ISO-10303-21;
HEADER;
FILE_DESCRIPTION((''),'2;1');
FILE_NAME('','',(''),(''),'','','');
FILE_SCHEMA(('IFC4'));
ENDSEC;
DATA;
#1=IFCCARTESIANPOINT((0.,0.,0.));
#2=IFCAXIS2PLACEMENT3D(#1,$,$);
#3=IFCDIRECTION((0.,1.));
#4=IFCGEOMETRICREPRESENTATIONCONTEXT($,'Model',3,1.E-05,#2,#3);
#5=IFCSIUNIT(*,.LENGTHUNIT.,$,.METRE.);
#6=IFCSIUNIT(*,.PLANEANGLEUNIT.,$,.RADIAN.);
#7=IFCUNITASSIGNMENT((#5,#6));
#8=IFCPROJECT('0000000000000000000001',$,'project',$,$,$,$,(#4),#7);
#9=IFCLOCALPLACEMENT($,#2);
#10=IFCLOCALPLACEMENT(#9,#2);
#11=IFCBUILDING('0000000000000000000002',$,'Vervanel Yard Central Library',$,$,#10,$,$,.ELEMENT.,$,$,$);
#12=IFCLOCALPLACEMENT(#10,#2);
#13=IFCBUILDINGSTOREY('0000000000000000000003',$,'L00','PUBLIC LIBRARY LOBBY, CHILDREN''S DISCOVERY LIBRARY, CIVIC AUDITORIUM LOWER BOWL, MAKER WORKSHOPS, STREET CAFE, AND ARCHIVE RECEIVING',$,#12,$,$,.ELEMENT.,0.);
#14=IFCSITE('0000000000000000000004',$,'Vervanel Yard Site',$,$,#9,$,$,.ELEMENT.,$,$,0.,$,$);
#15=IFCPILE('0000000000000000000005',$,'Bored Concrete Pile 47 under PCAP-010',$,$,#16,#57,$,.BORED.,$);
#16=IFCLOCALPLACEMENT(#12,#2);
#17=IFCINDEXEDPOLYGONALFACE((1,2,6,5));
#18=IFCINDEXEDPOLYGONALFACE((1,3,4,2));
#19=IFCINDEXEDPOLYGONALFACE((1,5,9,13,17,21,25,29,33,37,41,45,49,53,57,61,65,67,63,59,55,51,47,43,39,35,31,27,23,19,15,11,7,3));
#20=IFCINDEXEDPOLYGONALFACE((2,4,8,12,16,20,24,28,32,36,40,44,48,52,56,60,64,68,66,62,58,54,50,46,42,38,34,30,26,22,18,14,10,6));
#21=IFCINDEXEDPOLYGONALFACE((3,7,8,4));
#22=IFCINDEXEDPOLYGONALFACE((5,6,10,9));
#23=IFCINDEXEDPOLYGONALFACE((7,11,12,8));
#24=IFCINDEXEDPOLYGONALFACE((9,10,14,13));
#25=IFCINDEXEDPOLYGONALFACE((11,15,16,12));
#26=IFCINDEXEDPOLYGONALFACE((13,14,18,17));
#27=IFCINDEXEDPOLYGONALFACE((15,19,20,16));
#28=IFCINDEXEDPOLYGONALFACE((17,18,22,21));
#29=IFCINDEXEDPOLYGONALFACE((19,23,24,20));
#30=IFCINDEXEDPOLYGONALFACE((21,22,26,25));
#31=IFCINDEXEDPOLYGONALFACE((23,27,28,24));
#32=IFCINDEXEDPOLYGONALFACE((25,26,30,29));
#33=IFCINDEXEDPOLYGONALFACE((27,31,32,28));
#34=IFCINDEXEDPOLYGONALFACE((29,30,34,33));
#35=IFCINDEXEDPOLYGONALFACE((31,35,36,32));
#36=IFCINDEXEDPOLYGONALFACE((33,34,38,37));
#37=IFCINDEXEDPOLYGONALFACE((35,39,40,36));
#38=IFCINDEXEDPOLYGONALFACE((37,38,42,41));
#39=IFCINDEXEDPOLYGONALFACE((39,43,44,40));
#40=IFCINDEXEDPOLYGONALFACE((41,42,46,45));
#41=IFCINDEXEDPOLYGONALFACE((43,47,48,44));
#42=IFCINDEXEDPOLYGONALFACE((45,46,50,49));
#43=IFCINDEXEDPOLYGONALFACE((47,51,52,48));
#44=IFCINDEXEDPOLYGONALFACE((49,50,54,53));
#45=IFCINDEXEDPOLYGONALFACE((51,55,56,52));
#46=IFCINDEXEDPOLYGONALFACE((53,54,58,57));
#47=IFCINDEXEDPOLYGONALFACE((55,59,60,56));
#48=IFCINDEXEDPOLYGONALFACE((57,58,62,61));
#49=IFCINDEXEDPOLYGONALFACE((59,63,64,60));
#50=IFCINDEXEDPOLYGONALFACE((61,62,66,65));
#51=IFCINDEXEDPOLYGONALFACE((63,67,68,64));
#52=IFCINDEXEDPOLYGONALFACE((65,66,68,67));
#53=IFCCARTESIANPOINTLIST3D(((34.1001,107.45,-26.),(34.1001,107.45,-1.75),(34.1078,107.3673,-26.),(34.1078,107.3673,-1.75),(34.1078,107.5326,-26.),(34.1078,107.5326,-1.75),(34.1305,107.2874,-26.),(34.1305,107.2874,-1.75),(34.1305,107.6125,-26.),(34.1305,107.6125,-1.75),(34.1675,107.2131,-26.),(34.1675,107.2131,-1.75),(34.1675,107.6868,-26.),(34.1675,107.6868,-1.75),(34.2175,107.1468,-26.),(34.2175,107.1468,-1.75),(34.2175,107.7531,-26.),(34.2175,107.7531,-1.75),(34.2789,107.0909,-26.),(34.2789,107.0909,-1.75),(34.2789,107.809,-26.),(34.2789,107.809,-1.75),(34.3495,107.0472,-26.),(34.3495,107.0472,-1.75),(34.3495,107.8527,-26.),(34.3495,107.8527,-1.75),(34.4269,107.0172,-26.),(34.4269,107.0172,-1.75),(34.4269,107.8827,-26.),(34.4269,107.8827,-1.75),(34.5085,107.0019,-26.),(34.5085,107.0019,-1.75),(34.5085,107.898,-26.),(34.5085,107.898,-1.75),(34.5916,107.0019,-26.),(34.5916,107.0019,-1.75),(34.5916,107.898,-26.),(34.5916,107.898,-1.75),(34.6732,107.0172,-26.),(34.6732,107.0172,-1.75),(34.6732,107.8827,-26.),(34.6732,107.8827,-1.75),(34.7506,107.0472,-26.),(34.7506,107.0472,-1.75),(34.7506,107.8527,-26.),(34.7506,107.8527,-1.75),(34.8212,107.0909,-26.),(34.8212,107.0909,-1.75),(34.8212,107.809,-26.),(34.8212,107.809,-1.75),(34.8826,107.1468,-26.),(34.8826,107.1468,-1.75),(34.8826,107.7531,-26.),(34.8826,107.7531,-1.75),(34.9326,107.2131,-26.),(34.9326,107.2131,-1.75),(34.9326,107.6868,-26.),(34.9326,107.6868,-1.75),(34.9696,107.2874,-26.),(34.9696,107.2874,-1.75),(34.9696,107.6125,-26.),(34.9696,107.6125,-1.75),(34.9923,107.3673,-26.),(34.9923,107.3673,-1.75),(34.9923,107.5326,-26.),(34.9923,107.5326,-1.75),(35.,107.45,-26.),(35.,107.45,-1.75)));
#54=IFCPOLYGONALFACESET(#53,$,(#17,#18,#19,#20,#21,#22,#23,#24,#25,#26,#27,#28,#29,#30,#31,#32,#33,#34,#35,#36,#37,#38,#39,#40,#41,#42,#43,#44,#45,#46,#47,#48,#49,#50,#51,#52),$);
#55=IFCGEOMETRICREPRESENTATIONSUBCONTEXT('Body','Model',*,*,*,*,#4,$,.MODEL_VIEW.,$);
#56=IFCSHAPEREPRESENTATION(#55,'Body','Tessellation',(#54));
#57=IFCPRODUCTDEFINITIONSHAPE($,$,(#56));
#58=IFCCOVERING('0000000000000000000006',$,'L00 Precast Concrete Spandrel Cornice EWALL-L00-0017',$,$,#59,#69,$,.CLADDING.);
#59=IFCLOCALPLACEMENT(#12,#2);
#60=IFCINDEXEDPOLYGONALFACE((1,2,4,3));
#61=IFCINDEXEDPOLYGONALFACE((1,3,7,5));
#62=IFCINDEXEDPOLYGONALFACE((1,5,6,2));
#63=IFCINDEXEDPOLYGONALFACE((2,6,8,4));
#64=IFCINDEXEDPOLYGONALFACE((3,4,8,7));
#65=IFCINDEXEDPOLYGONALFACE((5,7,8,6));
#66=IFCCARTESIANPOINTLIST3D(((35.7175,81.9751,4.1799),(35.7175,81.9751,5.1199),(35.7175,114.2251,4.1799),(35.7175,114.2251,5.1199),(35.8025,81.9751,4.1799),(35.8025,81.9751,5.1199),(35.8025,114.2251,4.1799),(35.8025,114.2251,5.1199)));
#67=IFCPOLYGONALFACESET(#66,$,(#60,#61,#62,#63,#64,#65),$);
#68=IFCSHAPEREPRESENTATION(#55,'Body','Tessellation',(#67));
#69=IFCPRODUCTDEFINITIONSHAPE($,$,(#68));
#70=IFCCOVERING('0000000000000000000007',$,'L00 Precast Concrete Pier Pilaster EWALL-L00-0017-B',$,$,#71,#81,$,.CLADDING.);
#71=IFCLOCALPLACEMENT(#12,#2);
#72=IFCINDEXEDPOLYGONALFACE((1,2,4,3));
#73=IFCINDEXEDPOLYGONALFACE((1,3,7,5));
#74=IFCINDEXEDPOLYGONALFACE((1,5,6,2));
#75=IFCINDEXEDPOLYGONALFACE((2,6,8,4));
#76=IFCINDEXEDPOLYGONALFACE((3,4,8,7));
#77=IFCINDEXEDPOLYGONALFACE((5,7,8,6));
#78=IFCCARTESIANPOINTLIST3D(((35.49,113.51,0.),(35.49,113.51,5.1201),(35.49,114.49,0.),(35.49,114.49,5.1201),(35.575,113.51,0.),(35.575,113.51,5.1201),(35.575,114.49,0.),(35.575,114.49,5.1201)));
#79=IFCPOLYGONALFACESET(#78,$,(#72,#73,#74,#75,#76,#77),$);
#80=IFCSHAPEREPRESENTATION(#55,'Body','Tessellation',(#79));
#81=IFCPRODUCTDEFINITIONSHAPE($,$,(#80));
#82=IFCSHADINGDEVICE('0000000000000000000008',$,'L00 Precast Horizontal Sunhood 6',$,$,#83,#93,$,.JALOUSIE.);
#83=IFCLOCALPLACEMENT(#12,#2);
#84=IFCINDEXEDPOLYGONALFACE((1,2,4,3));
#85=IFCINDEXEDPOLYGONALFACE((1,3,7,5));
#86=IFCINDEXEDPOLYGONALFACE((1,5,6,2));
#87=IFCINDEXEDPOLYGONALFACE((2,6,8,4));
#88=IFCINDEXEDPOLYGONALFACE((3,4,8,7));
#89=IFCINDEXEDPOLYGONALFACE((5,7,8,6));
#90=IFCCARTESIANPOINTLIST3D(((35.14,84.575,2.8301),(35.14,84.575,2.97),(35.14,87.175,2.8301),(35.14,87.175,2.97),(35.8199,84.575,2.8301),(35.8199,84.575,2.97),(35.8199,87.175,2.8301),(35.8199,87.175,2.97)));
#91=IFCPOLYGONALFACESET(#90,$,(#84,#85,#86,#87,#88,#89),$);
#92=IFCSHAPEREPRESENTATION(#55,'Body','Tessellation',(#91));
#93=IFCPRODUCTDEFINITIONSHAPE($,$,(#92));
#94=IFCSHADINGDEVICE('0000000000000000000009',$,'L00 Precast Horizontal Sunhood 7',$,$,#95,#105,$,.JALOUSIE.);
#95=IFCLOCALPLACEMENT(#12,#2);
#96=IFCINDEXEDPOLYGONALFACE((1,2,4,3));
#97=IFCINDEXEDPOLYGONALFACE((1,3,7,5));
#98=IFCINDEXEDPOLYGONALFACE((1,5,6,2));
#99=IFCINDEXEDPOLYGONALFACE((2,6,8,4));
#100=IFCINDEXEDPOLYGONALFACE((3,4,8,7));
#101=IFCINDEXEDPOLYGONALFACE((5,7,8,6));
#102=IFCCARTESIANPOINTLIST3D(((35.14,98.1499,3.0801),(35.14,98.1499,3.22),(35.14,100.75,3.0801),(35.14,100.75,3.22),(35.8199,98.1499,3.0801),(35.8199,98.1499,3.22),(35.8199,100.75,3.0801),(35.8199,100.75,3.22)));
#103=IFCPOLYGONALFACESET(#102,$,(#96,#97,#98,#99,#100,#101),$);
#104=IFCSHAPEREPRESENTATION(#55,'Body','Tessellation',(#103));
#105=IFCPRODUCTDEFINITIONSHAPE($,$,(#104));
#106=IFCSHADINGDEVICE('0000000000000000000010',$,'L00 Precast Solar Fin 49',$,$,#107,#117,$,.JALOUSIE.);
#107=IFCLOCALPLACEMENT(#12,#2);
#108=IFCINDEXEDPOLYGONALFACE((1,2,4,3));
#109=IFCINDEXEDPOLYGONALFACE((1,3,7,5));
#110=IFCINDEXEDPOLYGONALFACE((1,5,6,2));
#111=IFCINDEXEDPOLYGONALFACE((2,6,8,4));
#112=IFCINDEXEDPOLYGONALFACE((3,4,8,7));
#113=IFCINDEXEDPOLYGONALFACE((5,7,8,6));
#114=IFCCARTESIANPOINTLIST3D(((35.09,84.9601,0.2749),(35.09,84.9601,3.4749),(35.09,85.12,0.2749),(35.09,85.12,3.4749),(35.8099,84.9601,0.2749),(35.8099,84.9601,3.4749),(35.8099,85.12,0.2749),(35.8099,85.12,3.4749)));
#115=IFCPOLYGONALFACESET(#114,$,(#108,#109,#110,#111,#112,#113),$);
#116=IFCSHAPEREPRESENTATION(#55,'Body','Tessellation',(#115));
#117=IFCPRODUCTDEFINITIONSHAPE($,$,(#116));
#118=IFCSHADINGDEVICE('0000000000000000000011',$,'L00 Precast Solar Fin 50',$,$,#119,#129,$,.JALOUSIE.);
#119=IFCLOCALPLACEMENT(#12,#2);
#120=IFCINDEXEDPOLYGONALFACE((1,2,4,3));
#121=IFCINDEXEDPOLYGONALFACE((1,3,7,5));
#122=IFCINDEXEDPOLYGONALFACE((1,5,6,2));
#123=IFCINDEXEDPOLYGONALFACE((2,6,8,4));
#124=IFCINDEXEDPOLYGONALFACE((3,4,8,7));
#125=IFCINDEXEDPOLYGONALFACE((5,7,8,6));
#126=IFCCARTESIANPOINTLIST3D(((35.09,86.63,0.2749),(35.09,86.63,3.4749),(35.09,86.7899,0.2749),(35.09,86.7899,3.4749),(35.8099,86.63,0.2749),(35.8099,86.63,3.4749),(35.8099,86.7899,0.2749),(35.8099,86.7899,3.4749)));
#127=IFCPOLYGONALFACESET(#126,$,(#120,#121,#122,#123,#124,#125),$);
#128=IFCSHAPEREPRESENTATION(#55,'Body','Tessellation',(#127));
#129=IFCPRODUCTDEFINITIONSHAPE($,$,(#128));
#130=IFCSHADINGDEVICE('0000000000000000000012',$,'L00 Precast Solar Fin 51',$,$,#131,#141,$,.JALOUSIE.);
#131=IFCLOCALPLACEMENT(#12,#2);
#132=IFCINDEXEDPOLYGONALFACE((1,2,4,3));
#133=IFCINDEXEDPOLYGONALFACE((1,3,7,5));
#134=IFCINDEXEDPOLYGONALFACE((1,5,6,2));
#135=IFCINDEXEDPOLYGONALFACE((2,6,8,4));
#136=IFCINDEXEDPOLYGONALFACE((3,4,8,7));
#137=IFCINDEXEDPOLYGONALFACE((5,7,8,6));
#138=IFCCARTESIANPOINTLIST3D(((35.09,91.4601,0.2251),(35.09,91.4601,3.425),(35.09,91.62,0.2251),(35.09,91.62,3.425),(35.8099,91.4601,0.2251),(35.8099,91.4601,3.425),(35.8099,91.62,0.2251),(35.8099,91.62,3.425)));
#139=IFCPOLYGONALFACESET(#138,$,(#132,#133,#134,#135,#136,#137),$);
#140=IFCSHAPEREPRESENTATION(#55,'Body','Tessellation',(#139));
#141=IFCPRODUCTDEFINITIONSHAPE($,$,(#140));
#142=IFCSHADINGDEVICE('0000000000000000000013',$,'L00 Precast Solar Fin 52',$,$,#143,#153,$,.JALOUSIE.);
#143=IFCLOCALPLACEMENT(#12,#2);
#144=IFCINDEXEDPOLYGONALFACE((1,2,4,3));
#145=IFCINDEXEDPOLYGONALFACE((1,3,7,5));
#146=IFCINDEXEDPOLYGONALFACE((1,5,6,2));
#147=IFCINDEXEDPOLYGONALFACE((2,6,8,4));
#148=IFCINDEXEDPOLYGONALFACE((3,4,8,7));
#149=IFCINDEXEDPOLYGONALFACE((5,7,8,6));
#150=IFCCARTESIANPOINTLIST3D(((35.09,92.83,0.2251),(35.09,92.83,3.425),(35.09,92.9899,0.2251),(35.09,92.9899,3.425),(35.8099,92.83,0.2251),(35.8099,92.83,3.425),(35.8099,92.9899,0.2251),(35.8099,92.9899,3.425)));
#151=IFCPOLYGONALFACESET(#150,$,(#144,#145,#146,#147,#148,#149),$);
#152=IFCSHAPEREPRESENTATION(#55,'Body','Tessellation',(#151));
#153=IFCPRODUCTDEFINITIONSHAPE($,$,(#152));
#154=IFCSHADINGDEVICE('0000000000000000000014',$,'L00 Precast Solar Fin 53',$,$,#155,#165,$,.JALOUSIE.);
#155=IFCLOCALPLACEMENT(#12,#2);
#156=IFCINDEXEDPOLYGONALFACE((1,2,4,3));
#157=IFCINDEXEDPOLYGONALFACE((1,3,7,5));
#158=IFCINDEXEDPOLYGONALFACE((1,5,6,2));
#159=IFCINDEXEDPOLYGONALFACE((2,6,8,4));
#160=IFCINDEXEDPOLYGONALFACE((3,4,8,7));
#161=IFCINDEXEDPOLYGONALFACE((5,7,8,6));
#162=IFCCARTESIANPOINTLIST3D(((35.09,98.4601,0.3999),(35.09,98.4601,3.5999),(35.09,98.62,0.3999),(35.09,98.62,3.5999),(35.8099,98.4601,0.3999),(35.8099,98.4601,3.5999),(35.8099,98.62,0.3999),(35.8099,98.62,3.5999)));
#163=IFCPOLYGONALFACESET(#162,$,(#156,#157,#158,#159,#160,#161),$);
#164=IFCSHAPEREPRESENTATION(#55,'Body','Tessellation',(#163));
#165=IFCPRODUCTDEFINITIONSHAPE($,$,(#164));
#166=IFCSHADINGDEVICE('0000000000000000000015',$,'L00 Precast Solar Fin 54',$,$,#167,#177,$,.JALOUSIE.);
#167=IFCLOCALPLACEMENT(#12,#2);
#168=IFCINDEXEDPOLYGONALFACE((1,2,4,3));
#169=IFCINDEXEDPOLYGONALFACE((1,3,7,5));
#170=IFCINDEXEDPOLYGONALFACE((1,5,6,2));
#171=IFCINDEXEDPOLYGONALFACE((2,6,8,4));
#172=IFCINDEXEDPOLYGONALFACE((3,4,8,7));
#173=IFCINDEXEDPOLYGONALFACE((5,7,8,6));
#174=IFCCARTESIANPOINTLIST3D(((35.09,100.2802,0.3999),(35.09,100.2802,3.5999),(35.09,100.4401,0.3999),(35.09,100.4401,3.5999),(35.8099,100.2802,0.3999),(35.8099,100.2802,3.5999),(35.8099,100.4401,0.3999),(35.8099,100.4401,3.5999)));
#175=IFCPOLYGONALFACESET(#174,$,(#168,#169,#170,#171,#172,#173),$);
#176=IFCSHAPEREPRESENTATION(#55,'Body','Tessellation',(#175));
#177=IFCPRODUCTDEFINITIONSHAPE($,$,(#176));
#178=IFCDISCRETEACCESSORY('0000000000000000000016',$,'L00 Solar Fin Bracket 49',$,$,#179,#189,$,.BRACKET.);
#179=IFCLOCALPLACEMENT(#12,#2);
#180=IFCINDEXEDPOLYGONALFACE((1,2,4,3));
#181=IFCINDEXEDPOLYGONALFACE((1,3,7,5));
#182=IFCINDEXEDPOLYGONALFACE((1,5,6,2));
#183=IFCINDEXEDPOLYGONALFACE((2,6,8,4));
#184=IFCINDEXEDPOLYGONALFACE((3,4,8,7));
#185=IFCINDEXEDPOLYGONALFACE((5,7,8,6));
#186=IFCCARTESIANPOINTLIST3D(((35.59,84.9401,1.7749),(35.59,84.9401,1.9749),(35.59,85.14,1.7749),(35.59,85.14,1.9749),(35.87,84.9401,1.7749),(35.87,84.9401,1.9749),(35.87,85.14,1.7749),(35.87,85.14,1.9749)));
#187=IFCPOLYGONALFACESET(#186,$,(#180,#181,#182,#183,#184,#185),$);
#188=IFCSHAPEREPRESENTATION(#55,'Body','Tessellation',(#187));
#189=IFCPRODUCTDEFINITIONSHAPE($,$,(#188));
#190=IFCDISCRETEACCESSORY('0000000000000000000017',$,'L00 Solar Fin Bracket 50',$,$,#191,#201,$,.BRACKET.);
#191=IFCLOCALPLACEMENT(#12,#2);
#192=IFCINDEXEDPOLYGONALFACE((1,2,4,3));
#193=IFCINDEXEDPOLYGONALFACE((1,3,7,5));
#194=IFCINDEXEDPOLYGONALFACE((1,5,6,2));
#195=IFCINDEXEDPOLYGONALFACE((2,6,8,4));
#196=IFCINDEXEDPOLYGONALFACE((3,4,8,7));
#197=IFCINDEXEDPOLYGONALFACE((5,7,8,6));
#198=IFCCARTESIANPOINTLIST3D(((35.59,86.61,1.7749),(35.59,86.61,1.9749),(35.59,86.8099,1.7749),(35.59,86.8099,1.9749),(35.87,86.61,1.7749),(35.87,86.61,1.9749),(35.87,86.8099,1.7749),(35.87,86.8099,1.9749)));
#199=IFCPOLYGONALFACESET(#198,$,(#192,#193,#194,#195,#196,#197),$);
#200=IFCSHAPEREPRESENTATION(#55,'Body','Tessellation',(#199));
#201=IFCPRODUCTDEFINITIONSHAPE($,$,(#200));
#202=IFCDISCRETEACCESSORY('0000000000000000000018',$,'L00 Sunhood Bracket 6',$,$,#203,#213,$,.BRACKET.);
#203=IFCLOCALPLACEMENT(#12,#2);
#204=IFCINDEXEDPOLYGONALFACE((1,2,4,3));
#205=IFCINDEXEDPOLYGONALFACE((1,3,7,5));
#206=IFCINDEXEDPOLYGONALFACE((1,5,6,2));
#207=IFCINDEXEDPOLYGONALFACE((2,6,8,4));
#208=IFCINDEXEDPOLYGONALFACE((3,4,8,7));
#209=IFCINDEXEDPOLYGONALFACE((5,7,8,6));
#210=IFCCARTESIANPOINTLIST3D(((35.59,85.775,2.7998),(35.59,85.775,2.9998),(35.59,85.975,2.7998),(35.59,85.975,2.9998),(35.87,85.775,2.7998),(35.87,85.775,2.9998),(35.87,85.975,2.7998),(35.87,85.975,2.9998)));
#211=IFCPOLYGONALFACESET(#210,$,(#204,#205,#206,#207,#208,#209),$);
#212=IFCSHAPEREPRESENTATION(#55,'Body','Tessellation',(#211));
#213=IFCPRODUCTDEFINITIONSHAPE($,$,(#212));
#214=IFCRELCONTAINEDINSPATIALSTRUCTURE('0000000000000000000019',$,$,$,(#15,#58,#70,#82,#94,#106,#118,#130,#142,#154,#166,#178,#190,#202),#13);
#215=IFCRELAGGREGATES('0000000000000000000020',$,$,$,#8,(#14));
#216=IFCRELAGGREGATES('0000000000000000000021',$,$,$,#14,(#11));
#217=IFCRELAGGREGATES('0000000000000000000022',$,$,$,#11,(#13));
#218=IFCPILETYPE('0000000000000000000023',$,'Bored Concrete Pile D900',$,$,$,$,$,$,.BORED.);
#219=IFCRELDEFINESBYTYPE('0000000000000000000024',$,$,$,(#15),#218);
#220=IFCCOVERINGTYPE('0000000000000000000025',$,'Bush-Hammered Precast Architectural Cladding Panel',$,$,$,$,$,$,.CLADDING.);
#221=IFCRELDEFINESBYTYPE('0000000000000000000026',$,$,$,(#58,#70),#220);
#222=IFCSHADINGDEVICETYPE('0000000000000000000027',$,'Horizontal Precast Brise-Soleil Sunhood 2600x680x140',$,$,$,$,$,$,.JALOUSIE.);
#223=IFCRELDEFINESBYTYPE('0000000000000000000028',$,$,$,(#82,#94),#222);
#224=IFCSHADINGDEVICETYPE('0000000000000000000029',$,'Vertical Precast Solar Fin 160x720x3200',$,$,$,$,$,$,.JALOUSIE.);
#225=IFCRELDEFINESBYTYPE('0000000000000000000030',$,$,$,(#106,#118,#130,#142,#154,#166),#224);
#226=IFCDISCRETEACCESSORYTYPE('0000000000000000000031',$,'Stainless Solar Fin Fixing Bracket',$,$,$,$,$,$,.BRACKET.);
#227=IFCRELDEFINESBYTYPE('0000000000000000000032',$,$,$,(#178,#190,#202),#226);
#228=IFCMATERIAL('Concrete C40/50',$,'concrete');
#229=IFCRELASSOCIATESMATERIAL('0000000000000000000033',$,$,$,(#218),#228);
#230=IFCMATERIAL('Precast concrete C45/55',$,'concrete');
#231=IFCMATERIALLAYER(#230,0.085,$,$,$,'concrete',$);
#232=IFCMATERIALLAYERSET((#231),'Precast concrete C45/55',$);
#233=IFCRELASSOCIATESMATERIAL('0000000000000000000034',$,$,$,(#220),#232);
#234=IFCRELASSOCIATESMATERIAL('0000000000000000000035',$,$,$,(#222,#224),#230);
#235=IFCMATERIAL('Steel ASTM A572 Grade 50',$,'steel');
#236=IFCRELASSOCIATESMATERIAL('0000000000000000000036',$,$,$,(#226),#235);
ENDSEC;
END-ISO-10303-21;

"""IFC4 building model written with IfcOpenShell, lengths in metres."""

from ifc_helpers import new_model, si_unit, direction, frame, origin, origin_2d, place, context, subcontext, project, spatial, rectangle, circle, extrude, material, layer, layer_set, material_profile, profile_set, type_object, element, save


model = new_model("IFC4")

# Units and contexts
model_context = context("Model", 3, precision=1e-05, world=origin(), true_north=direction((0.0, 1.0)))
body_context = subcontext(model_context, "Body", "Model", "MODEL_VIEW")
ifc_project = project(units=[si_unit("LENGTHUNIT", "METRE"), si_unit("PLANEANGLEUNIT", "RADIAN")], contexts=[model_context])

# Site, building, storey
site_placement = place(None, origin())
site = spatial("IfcSite", under=ifc_project, at=site_placement, Name="Vervanel Yard Site", CompositionType="ELEMENT", RefElevation=0.0)
building_placement = place(site_placement, origin())
building = spatial("IfcBuilding", under=site, at=building_placement, Name="Vervanel Yard Central Library", CompositionType="ELEMENT")
storey_placement = place(building_placement, origin())
storey = spatial("IfcBuildingStorey", under=building, at=storey_placement, Name="L00", Description="PUBLIC LIBRARY LOBBY, CHILDREN'S DISCOVERY LIBRARY, CIVIC AUDITORIUM LOWER BOWL, MAKER WORKSHOPS, STREET CAFE, AND ARCHIVE RECEIVING", CompositionType="ELEMENT", Elevation=0.0)

# Pile
ifc_material_1 = material(Name="Concrete C40/50", Category="concrete")
ifc_material_profile_1 = material_profile(ifc_material_1, circle(Radius=0.45, at=origin_2d()), Name="BP D900", Category="concrete")
ifc_profile_set_1 = profile_set([ifc_material_profile_1], Name="Concrete C40/50")
pile_type_1 = type_object("IfcPileType", Name="Bored Concrete Pile D900", PredefinedType="BORED", material=ifc_profile_set_1)
for number, where, z_axis, x_axis, name in (
    (1, (34.55, 107.45, -1.75), (0.0, 0.0, -1.0), (1.0, 0.0, 0.0), "Bored Concrete Pile 47 under PCAP-010"),
):
    element("IfcPile", number, at=place(storey_placement, frame(where, z_axis=z_axis, x_axis=x_axis)), inside=storey, type_object=pile_type_1, Name=name, PredefinedType="BORED", context=body_context, shape_type="SweptSolid", body=[
        extrude(circle(Radius=0.45, at=origin_2d()), origin(), (0.0, 0.0, 1.0), 24.25),
    ])

# Coverings
ifc_material_2 = material(Name="Precast concrete C45/55", Category="concrete")
ifc_layer = layer(ifc_material_2, 0.085, Category="concrete")
ifc_layer_set = layer_set([ifc_layer], Name="Precast concrete C45/55")
covering_type = type_object("IfcCoveringType", Name="Bush-Hammered Precast Architectural Cladding Panel", PredefinedType="CLADDING", material=ifc_layer_set)
covering_1_placement = place(storey_placement, frame((35.76, 98.1001, 4.1799), z_axis=(0.0, 0.0, 1.0), x_axis=(0.0, 1.0, 0.0)))
element("IfcCovering", 2, at=covering_1_placement, inside=storey, type_object=covering_type, Name="L00 Precast Concrete Spandrel Cornice EWALL-L00-0017", PredefinedType="CLADDING", context=body_context, shape_type="SweptSolid", body=[
    extrude(rectangle(XDim=32.25, YDim=0.085, at=origin_2d()), origin(), (0.0, 0.0, 1.0), 0.9399),
])
covering_2_placement = place(storey_placement, frame((35.5325, 114.0, 0.0), z_axis=(0.0, 0.0, 1.0), x_axis=(0.0, 1.0, 0.0)))
element("IfcCovering", 3, at=covering_2_placement, inside=storey, type_object=covering_type, Name="L00 Precast Concrete Pier Pilaster EWALL-L00-0017-B", PredefinedType="CLADDING", context=body_context, shape_type="SweptSolid", body=[
    extrude(rectangle(XDim=0.98, YDim=0.085, at=origin_2d()), origin(), (0.0, 0.0, 1.0), 5.1201),
])

# Shading devices
shading_device_type_1 = type_object("IfcShadingDeviceType", Name="Horizontal Precast Brise-Soleil Sunhood 2600x680x140", PredefinedType="JALOUSIE", material=ifc_material_2)
for number, where, z_axis, x_axis, name in (
    (4, (35.48, 85.875, 2.8301), (0.0, 0.0, 1.0), (0.0, 1.0, 0.0), "L00 Precast Horizontal Sunhood 6"),
    (5, (35.48, 99.45, 3.0801), (0.0, 0.0, 1.0), (0.0, 1.0, 0.0), "L00 Precast Horizontal Sunhood 7"),
):
    element("IfcShadingDevice", number, at=place(storey_placement, frame(where, z_axis=z_axis, x_axis=x_axis)), inside=storey, type_object=shading_device_type_1, Name=name, PredefinedType="JALOUSIE", context=body_context, shape_type="SweptSolid", body=[
        extrude(rectangle(XDim=2.6001, YDim=0.6799, at=origin_2d()), origin(), (0.0, 0.0, 1.0), 0.1399),
    ])
shading_device_type_2 = type_object("IfcShadingDeviceType", Name="Vertical Precast Solar Fin 160x720x3200", PredefinedType="JALOUSIE", material=ifc_material_2)
for number, where, z_axis, x_axis, name in (
    (6, (35.45, 85.04, 0.2749), (0.0, 0.0, 1.0), (0.0, 1.0, 0.0), "L00 Precast Solar Fin 49"),
    (7, (35.45, 86.71, 0.2749), (0.0, 0.0, 1.0), (0.0, 1.0, 0.0), "L00 Precast Solar Fin 50"),
    (8, (35.45, 91.54, 0.2251), (0.0, 0.0, 1.0), (0.0, 1.0, 0.0), "L00 Precast Solar Fin 51"),
    (9, (35.45, 92.9099, 0.2251), (0.0, 0.0, 1.0), (0.0, 1.0, 0.0), "L00 Precast Solar Fin 52"),
    (10, (35.45, 98.54, 0.3999), (0.0, 0.0, 1.0), (0.0, 1.0, 0.0), "L00 Precast Solar Fin 53"),
    (11, (35.45, 100.3601, 0.3999), (0.0, 0.0, 1.0), (0.0, 1.0, 0.0), "L00 Precast Solar Fin 54"),
):
    element("IfcShadingDevice", number, at=place(storey_placement, frame(where, z_axis=z_axis, x_axis=x_axis)), inside=storey, type_object=shading_device_type_2, Name=name, PredefinedType="JALOUSIE", context=body_context, shape_type="SweptSolid", body=[
        extrude(rectangle(XDim=0.1599, YDim=0.72, at=origin_2d()), origin(), (0.0, 0.0, 1.0), 3.2),
    ])

# Discrete accessories
ifc_material_3 = material(Name="Steel ASTM A572 Grade 50", Category="steel")
discrete_accessory_type = type_object("IfcDiscreteAccessoryType", Name="Stainless Solar Fin Fixing Bracket", PredefinedType="BRACKET", material=ifc_material_3)
for number, where, z_axis, x_axis, name in (
    (12, (35.73, 85.04, 1.7749), (0.0, 0.0, 1.0), (0.0, 1.0, 0.0), "L00 Solar Fin Bracket 49"),
    (13, (35.73, 86.71, 1.7749), (0.0, 0.0, 1.0), (0.0, 1.0, 0.0), "L00 Solar Fin Bracket 50"),
    (14, (35.73, 85.875, 2.7998), (0.0, 0.0, 1.0), (0.0, 1.0, 0.0), "L00 Sunhood Bracket 6"),
):
    element("IfcDiscreteAccessory", number, at=place(storey_placement, frame(where, z_axis=z_axis, x_axis=x_axis)), inside=storey, type_object=discrete_accessory_type, Name=name, PredefinedType="BRACKET", context=body_context, shape_type="SweptSolid", body=[
        extrude(rectangle(XDim=0.2, YDim=0.28, at=origin_2d()), origin(), (0.0, 0.0, 1.0), 0.2),
    ])

save(model, "model.ifc")
